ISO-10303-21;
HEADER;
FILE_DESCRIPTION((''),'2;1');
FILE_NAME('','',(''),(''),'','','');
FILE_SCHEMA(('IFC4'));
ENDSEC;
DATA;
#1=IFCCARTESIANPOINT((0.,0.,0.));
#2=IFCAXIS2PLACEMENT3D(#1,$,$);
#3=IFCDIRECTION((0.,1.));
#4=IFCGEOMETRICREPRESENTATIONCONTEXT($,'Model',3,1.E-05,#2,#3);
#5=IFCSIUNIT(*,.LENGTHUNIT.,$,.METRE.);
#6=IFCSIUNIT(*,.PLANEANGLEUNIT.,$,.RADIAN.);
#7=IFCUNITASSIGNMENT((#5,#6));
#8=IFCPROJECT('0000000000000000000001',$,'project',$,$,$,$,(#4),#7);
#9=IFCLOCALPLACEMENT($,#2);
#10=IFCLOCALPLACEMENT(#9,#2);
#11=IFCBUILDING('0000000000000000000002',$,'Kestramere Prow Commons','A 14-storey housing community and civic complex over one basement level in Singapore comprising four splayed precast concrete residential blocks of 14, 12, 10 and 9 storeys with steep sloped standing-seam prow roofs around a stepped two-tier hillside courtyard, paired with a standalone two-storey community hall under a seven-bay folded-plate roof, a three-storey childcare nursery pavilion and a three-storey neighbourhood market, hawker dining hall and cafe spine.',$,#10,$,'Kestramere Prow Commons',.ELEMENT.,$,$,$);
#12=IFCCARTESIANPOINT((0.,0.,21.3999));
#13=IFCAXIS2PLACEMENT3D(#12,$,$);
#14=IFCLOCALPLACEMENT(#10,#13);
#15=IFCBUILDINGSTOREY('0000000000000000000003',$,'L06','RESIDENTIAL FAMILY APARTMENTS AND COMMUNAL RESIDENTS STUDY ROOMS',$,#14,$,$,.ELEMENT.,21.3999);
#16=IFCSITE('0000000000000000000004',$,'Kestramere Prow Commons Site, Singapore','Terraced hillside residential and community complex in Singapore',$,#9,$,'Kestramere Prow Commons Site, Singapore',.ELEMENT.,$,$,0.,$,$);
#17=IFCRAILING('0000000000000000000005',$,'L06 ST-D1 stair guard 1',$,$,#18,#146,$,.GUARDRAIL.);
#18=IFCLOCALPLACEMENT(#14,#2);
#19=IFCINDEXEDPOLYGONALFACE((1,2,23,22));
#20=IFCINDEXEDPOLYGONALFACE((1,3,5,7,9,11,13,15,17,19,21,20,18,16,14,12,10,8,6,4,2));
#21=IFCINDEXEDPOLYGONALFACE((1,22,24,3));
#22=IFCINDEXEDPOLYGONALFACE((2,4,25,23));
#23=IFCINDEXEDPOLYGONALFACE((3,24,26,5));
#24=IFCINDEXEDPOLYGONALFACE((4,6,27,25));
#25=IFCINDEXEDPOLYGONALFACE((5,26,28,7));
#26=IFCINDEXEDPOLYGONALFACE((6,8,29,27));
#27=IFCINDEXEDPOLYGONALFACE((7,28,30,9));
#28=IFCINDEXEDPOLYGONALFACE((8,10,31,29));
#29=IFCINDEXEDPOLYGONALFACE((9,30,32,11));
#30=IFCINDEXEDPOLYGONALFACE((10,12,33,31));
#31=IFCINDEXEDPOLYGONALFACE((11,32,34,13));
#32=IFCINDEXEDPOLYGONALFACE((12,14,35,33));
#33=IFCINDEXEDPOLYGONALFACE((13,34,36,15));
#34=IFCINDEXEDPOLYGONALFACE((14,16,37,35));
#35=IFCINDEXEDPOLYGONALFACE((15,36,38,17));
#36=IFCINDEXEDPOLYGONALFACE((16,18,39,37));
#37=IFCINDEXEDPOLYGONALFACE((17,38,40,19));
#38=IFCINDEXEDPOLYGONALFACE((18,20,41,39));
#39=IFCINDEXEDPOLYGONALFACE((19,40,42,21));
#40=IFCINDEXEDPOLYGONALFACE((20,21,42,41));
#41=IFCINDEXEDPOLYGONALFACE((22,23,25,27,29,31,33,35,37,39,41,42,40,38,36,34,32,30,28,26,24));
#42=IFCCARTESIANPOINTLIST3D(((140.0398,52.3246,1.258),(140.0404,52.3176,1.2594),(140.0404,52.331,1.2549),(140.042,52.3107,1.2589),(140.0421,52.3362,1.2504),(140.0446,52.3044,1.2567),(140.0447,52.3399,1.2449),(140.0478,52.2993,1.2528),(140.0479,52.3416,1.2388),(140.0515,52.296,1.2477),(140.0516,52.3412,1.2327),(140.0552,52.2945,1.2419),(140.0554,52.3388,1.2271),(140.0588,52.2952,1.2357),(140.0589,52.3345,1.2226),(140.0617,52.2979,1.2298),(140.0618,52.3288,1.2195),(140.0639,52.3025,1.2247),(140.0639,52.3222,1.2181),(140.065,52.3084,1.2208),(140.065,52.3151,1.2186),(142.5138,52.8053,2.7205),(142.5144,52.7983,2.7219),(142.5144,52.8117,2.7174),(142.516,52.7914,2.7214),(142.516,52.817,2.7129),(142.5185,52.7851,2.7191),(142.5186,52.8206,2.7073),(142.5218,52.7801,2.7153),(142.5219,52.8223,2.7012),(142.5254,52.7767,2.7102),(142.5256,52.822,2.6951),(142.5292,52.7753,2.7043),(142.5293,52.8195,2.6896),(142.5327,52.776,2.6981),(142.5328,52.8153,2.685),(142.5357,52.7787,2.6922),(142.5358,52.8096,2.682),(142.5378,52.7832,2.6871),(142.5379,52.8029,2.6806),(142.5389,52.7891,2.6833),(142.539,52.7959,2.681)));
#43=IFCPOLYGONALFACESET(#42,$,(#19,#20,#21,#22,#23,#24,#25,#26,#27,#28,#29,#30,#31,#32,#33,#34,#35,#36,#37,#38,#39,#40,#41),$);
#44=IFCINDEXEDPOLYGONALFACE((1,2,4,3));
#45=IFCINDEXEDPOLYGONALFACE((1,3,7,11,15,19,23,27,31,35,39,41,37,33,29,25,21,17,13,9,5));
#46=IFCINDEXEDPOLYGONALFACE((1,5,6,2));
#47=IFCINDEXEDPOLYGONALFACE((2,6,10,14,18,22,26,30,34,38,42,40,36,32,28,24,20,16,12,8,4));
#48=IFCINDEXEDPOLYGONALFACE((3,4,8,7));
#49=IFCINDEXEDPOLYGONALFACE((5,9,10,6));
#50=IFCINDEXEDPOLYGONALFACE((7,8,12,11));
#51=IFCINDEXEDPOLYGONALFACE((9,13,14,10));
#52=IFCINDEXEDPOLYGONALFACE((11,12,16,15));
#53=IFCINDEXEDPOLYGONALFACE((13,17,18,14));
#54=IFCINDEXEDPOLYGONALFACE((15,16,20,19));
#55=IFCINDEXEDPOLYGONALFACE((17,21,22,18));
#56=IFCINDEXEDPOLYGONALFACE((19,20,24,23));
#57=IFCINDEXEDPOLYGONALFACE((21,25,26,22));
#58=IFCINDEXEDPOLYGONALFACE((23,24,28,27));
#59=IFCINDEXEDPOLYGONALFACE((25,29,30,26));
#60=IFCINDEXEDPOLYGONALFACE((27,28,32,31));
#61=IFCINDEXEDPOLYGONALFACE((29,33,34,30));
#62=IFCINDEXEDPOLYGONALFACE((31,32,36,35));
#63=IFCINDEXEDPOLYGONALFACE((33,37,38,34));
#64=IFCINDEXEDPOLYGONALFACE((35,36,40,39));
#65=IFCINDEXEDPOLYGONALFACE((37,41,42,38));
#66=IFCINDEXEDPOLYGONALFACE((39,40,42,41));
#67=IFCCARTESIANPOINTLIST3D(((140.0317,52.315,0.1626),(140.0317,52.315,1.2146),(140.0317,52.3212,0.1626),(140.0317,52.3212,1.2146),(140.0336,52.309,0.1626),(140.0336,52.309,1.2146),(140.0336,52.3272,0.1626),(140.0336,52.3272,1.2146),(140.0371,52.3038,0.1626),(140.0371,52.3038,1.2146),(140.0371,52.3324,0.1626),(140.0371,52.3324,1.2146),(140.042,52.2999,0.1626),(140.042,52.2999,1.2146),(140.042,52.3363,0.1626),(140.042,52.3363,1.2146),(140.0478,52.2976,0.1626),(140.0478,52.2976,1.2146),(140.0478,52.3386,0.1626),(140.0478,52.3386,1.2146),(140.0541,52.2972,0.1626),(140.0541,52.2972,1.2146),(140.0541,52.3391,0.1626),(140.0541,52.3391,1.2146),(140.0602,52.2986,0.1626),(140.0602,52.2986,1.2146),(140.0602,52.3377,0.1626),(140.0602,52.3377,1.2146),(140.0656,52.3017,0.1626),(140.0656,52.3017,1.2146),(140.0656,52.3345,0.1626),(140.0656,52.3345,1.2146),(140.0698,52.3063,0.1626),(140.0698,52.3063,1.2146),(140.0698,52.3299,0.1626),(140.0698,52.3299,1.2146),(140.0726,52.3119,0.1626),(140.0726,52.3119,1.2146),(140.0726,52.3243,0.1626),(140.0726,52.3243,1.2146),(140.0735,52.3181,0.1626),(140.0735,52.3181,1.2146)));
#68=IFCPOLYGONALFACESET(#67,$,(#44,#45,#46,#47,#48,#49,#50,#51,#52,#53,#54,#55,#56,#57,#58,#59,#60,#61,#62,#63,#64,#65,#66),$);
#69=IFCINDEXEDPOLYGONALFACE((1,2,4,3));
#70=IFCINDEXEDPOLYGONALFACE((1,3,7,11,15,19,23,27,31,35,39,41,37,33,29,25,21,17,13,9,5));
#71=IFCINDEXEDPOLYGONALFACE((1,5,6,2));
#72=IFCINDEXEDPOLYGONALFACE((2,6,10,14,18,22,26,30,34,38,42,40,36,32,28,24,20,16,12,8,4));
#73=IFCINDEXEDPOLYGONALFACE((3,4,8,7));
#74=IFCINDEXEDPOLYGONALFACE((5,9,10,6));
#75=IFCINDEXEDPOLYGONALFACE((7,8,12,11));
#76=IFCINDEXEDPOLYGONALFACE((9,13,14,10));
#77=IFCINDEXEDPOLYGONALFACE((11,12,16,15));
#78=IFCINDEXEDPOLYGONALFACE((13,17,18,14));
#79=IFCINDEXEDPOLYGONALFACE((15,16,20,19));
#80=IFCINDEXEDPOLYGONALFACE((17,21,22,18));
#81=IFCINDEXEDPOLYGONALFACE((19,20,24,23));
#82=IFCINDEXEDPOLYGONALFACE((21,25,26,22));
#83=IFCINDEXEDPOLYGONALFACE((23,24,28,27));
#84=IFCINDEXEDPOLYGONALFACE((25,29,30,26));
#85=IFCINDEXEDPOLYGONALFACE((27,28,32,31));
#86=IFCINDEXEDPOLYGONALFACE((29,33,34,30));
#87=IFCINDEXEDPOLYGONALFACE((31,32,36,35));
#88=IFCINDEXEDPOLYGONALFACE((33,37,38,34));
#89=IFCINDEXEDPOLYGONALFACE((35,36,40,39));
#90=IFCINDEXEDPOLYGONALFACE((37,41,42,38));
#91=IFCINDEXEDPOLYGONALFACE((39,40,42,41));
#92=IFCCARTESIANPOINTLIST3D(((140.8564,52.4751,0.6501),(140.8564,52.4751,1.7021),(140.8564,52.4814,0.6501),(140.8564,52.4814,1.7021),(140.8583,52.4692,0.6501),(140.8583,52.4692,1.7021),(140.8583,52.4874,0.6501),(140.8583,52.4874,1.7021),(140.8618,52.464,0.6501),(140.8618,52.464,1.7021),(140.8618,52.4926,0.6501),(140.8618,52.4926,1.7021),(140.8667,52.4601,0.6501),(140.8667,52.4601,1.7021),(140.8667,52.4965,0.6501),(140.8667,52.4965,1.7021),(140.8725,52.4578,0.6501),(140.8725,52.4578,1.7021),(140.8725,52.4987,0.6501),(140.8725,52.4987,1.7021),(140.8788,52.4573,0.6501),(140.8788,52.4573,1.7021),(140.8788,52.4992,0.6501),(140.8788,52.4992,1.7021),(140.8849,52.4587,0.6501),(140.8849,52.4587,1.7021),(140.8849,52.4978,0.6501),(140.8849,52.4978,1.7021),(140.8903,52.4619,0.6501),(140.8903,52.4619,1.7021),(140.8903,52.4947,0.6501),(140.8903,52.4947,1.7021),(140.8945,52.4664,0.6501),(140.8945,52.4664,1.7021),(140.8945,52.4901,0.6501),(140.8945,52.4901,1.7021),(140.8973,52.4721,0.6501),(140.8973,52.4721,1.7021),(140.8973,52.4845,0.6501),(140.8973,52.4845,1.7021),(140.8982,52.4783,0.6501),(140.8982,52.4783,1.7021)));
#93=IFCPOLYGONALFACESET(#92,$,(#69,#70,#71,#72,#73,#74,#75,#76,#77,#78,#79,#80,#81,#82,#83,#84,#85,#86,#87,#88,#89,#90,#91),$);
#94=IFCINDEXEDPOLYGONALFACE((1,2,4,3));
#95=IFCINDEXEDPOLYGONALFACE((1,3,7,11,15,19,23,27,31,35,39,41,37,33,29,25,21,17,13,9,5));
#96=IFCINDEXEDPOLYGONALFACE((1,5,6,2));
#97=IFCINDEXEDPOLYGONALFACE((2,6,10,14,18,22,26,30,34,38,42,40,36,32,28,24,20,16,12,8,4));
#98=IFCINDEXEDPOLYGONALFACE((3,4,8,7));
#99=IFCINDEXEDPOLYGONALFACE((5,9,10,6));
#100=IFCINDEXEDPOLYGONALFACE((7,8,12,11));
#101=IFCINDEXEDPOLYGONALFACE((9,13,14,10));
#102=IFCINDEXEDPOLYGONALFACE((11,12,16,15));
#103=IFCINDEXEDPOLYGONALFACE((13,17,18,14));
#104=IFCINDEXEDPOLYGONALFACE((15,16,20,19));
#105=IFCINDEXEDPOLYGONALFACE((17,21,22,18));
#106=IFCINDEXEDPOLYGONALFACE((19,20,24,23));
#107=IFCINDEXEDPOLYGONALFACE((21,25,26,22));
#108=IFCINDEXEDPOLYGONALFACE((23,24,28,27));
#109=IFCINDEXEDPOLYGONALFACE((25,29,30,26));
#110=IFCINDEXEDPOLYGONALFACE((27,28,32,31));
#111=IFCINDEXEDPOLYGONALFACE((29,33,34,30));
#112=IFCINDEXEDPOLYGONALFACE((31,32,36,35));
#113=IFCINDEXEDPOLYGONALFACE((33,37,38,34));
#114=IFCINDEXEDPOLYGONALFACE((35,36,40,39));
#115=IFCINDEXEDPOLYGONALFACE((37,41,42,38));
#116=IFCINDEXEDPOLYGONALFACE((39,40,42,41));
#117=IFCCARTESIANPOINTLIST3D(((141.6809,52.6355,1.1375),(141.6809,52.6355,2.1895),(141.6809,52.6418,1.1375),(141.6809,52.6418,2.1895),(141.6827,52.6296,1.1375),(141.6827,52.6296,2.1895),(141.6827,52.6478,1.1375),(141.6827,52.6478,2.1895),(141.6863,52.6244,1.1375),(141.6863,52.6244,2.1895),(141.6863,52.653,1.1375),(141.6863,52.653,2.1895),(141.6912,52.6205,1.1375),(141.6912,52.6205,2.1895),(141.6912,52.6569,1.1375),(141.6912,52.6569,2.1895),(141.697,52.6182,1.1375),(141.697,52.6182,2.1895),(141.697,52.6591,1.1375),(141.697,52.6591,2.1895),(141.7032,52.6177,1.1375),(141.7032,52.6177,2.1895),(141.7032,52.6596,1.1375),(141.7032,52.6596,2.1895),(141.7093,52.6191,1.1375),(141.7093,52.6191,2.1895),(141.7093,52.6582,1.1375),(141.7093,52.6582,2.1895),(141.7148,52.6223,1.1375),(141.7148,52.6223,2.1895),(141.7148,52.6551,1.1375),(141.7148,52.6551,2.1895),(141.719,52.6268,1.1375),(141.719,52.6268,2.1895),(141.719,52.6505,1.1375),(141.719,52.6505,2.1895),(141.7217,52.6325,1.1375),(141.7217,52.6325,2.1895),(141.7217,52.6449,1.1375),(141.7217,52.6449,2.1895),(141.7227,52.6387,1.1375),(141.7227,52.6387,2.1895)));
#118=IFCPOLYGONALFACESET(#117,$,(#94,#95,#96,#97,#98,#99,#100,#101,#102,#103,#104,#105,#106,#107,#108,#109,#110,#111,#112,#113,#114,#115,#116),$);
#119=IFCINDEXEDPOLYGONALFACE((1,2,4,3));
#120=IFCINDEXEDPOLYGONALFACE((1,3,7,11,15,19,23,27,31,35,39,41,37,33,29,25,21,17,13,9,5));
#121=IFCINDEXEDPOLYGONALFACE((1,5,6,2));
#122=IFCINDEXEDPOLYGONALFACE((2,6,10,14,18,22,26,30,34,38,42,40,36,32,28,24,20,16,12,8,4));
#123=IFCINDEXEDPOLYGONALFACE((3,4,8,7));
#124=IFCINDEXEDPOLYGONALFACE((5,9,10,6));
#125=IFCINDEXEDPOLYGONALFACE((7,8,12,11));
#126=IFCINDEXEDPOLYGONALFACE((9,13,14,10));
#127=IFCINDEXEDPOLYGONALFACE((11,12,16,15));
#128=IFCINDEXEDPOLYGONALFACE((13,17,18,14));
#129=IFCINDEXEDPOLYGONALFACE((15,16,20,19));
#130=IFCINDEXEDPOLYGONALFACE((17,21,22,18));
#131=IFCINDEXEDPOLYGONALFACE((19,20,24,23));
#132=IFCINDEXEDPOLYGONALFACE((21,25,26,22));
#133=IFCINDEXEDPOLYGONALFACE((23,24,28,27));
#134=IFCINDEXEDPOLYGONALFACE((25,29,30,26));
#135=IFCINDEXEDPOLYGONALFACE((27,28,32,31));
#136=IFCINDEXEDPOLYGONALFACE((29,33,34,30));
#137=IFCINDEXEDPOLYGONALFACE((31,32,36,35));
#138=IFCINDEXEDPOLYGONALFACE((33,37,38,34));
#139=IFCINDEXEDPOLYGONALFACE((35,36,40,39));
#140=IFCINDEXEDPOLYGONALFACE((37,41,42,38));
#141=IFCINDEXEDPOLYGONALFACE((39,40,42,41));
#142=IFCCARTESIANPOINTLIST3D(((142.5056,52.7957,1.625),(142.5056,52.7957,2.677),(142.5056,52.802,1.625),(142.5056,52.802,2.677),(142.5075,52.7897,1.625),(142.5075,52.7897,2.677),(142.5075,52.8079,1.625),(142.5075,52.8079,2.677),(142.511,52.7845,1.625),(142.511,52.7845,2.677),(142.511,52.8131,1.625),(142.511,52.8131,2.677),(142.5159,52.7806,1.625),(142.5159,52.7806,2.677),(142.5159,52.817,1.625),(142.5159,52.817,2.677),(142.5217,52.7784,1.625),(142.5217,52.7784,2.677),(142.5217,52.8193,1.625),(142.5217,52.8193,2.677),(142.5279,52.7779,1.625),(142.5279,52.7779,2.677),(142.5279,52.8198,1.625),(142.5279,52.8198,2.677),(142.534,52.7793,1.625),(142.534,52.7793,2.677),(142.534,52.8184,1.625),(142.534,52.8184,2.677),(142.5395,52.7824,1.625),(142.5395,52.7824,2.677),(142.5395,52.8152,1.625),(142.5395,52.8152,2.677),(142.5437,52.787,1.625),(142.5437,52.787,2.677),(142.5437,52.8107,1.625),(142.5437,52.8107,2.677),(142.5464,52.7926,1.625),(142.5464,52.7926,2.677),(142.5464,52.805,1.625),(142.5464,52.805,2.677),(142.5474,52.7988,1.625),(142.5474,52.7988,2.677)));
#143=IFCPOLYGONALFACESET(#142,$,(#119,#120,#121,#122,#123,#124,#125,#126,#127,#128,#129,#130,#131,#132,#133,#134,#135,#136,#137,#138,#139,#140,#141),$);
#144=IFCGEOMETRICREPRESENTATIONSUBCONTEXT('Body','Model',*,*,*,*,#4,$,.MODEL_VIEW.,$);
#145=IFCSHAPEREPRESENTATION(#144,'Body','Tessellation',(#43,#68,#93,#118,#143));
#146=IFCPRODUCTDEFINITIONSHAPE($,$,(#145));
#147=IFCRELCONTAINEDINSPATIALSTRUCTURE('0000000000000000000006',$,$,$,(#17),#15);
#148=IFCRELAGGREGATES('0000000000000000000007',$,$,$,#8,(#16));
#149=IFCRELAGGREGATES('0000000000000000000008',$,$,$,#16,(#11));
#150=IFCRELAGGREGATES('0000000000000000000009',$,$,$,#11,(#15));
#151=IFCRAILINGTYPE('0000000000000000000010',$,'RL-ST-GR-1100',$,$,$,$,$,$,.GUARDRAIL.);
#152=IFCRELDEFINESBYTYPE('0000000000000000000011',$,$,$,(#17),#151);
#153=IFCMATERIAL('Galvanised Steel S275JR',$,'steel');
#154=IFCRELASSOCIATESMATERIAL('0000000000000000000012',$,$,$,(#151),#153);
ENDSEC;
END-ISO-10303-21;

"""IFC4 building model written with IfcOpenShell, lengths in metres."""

from ifc_helpers import new_model, si_unit, direction, frame, origin, origin_2d, place, context, subcontext, project, spatial, circle, extrude, material, type_object, element, save


model = new_model("IFC4")

# Units and contexts
model_context = context("Model", 3, precision=1e-05, world=origin(), true_north=direction((0.0, 1.0)))
body_context = subcontext(model_context, "Body", "Model", "MODEL_VIEW")
ifc_project = project(units=[si_unit("LENGTHUNIT", "METRE"), si_unit("PLANEANGLEUNIT", "RADIAN")], contexts=[model_context])

# Site, building, storey
site_placement = place(None, origin())
site = spatial("IfcSite", under=ifc_project, at=site_placement, Name="Kestramere Prow Commons Site, Singapore", Description="Terraced hillside residential and community complex in Singapore", LongName="Kestramere Prow Commons Site, Singapore", CompositionType="ELEMENT", RefElevation=0.0)
building_placement = place(site_placement, origin())
building = spatial("IfcBuilding", under=site, at=building_placement, Name="Kestramere Prow Commons", Description="A 14-storey housing community and civic complex over one basement level in Singapore comprising four splayed precast concrete residential blocks of 14, 12, 10 and 9 storeys with steep sloped standing-seam prow roofs around a stepped two-tier hillside courtyard, paired with a standalone two-storey community hall under a seven-bay folded-plate roof, a three-storey childcare nursery pavilion and a three-storey neighbourhood market, hawker dining hall and cafe spine.", LongName="Kestramere Prow Commons", CompositionType="ELEMENT")
storey_placement = place(building_placement, frame((0.0, 0.0, 21.3999)))
storey = spatial("IfcBuildingStorey", under=building, at=storey_placement, Name="L06", Description="RESIDENTIAL FAMILY APARTMENTS AND COMMUNAL RESIDENTS STUDY ROOMS", CompositionType="ELEMENT", Elevation=21.3999)

# Railing
ifc_material_1 = material(Name="Galvanised Steel S275JR", Category="steel")
railing_type = type_object("IfcRailingType", Name="RL-ST-GR-1100", PredefinedType="GUARDRAIL", material=ifc_material_1)
railing_1_placement = place(storey_placement, frame((140.0525, 52.3181, 0.1626)))
element("IfcRailing", 1, at=railing_1_placement, inside=storey, type_object=railing_type, Name="L06 ST-D1 stair guard 1", PredefinedType="GUARDRAIL", context=body_context, shape_type="SweptSolid", body=[
    extrude(circle(Radius=0.0239, at=origin_2d()), frame((0.0, 0.0, 1.0762), z_axis=(0.849044, 0.164982, 0.501902), x_axis=(-0.190748, 0.981639, 0.0)), (0.0, 0.0, 1.0), 2.9138),
    extrude(circle(Radius=0.021, at=origin_2d()), origin(), (0.0, 0.0, 1.0), 1.052),
    extrude(circle(Radius=0.021, at=origin_2d()), frame((0.8247, 0.1602, 0.4875)), (0.0, 0.0, 1.0), 1.052),
    extrude(circle(Radius=0.021, at=origin_2d()), frame((1.6492, 0.3206, 0.9749)), (0.0, 0.0, 1.0), 1.052),
    extrude(circle(Radius=0.021, at=origin_2d()), frame((2.4739, 0.4807, 1.4624)), (0.0, 0.0, 1.0), 1.052),
])

save(model, "model.ifc")
